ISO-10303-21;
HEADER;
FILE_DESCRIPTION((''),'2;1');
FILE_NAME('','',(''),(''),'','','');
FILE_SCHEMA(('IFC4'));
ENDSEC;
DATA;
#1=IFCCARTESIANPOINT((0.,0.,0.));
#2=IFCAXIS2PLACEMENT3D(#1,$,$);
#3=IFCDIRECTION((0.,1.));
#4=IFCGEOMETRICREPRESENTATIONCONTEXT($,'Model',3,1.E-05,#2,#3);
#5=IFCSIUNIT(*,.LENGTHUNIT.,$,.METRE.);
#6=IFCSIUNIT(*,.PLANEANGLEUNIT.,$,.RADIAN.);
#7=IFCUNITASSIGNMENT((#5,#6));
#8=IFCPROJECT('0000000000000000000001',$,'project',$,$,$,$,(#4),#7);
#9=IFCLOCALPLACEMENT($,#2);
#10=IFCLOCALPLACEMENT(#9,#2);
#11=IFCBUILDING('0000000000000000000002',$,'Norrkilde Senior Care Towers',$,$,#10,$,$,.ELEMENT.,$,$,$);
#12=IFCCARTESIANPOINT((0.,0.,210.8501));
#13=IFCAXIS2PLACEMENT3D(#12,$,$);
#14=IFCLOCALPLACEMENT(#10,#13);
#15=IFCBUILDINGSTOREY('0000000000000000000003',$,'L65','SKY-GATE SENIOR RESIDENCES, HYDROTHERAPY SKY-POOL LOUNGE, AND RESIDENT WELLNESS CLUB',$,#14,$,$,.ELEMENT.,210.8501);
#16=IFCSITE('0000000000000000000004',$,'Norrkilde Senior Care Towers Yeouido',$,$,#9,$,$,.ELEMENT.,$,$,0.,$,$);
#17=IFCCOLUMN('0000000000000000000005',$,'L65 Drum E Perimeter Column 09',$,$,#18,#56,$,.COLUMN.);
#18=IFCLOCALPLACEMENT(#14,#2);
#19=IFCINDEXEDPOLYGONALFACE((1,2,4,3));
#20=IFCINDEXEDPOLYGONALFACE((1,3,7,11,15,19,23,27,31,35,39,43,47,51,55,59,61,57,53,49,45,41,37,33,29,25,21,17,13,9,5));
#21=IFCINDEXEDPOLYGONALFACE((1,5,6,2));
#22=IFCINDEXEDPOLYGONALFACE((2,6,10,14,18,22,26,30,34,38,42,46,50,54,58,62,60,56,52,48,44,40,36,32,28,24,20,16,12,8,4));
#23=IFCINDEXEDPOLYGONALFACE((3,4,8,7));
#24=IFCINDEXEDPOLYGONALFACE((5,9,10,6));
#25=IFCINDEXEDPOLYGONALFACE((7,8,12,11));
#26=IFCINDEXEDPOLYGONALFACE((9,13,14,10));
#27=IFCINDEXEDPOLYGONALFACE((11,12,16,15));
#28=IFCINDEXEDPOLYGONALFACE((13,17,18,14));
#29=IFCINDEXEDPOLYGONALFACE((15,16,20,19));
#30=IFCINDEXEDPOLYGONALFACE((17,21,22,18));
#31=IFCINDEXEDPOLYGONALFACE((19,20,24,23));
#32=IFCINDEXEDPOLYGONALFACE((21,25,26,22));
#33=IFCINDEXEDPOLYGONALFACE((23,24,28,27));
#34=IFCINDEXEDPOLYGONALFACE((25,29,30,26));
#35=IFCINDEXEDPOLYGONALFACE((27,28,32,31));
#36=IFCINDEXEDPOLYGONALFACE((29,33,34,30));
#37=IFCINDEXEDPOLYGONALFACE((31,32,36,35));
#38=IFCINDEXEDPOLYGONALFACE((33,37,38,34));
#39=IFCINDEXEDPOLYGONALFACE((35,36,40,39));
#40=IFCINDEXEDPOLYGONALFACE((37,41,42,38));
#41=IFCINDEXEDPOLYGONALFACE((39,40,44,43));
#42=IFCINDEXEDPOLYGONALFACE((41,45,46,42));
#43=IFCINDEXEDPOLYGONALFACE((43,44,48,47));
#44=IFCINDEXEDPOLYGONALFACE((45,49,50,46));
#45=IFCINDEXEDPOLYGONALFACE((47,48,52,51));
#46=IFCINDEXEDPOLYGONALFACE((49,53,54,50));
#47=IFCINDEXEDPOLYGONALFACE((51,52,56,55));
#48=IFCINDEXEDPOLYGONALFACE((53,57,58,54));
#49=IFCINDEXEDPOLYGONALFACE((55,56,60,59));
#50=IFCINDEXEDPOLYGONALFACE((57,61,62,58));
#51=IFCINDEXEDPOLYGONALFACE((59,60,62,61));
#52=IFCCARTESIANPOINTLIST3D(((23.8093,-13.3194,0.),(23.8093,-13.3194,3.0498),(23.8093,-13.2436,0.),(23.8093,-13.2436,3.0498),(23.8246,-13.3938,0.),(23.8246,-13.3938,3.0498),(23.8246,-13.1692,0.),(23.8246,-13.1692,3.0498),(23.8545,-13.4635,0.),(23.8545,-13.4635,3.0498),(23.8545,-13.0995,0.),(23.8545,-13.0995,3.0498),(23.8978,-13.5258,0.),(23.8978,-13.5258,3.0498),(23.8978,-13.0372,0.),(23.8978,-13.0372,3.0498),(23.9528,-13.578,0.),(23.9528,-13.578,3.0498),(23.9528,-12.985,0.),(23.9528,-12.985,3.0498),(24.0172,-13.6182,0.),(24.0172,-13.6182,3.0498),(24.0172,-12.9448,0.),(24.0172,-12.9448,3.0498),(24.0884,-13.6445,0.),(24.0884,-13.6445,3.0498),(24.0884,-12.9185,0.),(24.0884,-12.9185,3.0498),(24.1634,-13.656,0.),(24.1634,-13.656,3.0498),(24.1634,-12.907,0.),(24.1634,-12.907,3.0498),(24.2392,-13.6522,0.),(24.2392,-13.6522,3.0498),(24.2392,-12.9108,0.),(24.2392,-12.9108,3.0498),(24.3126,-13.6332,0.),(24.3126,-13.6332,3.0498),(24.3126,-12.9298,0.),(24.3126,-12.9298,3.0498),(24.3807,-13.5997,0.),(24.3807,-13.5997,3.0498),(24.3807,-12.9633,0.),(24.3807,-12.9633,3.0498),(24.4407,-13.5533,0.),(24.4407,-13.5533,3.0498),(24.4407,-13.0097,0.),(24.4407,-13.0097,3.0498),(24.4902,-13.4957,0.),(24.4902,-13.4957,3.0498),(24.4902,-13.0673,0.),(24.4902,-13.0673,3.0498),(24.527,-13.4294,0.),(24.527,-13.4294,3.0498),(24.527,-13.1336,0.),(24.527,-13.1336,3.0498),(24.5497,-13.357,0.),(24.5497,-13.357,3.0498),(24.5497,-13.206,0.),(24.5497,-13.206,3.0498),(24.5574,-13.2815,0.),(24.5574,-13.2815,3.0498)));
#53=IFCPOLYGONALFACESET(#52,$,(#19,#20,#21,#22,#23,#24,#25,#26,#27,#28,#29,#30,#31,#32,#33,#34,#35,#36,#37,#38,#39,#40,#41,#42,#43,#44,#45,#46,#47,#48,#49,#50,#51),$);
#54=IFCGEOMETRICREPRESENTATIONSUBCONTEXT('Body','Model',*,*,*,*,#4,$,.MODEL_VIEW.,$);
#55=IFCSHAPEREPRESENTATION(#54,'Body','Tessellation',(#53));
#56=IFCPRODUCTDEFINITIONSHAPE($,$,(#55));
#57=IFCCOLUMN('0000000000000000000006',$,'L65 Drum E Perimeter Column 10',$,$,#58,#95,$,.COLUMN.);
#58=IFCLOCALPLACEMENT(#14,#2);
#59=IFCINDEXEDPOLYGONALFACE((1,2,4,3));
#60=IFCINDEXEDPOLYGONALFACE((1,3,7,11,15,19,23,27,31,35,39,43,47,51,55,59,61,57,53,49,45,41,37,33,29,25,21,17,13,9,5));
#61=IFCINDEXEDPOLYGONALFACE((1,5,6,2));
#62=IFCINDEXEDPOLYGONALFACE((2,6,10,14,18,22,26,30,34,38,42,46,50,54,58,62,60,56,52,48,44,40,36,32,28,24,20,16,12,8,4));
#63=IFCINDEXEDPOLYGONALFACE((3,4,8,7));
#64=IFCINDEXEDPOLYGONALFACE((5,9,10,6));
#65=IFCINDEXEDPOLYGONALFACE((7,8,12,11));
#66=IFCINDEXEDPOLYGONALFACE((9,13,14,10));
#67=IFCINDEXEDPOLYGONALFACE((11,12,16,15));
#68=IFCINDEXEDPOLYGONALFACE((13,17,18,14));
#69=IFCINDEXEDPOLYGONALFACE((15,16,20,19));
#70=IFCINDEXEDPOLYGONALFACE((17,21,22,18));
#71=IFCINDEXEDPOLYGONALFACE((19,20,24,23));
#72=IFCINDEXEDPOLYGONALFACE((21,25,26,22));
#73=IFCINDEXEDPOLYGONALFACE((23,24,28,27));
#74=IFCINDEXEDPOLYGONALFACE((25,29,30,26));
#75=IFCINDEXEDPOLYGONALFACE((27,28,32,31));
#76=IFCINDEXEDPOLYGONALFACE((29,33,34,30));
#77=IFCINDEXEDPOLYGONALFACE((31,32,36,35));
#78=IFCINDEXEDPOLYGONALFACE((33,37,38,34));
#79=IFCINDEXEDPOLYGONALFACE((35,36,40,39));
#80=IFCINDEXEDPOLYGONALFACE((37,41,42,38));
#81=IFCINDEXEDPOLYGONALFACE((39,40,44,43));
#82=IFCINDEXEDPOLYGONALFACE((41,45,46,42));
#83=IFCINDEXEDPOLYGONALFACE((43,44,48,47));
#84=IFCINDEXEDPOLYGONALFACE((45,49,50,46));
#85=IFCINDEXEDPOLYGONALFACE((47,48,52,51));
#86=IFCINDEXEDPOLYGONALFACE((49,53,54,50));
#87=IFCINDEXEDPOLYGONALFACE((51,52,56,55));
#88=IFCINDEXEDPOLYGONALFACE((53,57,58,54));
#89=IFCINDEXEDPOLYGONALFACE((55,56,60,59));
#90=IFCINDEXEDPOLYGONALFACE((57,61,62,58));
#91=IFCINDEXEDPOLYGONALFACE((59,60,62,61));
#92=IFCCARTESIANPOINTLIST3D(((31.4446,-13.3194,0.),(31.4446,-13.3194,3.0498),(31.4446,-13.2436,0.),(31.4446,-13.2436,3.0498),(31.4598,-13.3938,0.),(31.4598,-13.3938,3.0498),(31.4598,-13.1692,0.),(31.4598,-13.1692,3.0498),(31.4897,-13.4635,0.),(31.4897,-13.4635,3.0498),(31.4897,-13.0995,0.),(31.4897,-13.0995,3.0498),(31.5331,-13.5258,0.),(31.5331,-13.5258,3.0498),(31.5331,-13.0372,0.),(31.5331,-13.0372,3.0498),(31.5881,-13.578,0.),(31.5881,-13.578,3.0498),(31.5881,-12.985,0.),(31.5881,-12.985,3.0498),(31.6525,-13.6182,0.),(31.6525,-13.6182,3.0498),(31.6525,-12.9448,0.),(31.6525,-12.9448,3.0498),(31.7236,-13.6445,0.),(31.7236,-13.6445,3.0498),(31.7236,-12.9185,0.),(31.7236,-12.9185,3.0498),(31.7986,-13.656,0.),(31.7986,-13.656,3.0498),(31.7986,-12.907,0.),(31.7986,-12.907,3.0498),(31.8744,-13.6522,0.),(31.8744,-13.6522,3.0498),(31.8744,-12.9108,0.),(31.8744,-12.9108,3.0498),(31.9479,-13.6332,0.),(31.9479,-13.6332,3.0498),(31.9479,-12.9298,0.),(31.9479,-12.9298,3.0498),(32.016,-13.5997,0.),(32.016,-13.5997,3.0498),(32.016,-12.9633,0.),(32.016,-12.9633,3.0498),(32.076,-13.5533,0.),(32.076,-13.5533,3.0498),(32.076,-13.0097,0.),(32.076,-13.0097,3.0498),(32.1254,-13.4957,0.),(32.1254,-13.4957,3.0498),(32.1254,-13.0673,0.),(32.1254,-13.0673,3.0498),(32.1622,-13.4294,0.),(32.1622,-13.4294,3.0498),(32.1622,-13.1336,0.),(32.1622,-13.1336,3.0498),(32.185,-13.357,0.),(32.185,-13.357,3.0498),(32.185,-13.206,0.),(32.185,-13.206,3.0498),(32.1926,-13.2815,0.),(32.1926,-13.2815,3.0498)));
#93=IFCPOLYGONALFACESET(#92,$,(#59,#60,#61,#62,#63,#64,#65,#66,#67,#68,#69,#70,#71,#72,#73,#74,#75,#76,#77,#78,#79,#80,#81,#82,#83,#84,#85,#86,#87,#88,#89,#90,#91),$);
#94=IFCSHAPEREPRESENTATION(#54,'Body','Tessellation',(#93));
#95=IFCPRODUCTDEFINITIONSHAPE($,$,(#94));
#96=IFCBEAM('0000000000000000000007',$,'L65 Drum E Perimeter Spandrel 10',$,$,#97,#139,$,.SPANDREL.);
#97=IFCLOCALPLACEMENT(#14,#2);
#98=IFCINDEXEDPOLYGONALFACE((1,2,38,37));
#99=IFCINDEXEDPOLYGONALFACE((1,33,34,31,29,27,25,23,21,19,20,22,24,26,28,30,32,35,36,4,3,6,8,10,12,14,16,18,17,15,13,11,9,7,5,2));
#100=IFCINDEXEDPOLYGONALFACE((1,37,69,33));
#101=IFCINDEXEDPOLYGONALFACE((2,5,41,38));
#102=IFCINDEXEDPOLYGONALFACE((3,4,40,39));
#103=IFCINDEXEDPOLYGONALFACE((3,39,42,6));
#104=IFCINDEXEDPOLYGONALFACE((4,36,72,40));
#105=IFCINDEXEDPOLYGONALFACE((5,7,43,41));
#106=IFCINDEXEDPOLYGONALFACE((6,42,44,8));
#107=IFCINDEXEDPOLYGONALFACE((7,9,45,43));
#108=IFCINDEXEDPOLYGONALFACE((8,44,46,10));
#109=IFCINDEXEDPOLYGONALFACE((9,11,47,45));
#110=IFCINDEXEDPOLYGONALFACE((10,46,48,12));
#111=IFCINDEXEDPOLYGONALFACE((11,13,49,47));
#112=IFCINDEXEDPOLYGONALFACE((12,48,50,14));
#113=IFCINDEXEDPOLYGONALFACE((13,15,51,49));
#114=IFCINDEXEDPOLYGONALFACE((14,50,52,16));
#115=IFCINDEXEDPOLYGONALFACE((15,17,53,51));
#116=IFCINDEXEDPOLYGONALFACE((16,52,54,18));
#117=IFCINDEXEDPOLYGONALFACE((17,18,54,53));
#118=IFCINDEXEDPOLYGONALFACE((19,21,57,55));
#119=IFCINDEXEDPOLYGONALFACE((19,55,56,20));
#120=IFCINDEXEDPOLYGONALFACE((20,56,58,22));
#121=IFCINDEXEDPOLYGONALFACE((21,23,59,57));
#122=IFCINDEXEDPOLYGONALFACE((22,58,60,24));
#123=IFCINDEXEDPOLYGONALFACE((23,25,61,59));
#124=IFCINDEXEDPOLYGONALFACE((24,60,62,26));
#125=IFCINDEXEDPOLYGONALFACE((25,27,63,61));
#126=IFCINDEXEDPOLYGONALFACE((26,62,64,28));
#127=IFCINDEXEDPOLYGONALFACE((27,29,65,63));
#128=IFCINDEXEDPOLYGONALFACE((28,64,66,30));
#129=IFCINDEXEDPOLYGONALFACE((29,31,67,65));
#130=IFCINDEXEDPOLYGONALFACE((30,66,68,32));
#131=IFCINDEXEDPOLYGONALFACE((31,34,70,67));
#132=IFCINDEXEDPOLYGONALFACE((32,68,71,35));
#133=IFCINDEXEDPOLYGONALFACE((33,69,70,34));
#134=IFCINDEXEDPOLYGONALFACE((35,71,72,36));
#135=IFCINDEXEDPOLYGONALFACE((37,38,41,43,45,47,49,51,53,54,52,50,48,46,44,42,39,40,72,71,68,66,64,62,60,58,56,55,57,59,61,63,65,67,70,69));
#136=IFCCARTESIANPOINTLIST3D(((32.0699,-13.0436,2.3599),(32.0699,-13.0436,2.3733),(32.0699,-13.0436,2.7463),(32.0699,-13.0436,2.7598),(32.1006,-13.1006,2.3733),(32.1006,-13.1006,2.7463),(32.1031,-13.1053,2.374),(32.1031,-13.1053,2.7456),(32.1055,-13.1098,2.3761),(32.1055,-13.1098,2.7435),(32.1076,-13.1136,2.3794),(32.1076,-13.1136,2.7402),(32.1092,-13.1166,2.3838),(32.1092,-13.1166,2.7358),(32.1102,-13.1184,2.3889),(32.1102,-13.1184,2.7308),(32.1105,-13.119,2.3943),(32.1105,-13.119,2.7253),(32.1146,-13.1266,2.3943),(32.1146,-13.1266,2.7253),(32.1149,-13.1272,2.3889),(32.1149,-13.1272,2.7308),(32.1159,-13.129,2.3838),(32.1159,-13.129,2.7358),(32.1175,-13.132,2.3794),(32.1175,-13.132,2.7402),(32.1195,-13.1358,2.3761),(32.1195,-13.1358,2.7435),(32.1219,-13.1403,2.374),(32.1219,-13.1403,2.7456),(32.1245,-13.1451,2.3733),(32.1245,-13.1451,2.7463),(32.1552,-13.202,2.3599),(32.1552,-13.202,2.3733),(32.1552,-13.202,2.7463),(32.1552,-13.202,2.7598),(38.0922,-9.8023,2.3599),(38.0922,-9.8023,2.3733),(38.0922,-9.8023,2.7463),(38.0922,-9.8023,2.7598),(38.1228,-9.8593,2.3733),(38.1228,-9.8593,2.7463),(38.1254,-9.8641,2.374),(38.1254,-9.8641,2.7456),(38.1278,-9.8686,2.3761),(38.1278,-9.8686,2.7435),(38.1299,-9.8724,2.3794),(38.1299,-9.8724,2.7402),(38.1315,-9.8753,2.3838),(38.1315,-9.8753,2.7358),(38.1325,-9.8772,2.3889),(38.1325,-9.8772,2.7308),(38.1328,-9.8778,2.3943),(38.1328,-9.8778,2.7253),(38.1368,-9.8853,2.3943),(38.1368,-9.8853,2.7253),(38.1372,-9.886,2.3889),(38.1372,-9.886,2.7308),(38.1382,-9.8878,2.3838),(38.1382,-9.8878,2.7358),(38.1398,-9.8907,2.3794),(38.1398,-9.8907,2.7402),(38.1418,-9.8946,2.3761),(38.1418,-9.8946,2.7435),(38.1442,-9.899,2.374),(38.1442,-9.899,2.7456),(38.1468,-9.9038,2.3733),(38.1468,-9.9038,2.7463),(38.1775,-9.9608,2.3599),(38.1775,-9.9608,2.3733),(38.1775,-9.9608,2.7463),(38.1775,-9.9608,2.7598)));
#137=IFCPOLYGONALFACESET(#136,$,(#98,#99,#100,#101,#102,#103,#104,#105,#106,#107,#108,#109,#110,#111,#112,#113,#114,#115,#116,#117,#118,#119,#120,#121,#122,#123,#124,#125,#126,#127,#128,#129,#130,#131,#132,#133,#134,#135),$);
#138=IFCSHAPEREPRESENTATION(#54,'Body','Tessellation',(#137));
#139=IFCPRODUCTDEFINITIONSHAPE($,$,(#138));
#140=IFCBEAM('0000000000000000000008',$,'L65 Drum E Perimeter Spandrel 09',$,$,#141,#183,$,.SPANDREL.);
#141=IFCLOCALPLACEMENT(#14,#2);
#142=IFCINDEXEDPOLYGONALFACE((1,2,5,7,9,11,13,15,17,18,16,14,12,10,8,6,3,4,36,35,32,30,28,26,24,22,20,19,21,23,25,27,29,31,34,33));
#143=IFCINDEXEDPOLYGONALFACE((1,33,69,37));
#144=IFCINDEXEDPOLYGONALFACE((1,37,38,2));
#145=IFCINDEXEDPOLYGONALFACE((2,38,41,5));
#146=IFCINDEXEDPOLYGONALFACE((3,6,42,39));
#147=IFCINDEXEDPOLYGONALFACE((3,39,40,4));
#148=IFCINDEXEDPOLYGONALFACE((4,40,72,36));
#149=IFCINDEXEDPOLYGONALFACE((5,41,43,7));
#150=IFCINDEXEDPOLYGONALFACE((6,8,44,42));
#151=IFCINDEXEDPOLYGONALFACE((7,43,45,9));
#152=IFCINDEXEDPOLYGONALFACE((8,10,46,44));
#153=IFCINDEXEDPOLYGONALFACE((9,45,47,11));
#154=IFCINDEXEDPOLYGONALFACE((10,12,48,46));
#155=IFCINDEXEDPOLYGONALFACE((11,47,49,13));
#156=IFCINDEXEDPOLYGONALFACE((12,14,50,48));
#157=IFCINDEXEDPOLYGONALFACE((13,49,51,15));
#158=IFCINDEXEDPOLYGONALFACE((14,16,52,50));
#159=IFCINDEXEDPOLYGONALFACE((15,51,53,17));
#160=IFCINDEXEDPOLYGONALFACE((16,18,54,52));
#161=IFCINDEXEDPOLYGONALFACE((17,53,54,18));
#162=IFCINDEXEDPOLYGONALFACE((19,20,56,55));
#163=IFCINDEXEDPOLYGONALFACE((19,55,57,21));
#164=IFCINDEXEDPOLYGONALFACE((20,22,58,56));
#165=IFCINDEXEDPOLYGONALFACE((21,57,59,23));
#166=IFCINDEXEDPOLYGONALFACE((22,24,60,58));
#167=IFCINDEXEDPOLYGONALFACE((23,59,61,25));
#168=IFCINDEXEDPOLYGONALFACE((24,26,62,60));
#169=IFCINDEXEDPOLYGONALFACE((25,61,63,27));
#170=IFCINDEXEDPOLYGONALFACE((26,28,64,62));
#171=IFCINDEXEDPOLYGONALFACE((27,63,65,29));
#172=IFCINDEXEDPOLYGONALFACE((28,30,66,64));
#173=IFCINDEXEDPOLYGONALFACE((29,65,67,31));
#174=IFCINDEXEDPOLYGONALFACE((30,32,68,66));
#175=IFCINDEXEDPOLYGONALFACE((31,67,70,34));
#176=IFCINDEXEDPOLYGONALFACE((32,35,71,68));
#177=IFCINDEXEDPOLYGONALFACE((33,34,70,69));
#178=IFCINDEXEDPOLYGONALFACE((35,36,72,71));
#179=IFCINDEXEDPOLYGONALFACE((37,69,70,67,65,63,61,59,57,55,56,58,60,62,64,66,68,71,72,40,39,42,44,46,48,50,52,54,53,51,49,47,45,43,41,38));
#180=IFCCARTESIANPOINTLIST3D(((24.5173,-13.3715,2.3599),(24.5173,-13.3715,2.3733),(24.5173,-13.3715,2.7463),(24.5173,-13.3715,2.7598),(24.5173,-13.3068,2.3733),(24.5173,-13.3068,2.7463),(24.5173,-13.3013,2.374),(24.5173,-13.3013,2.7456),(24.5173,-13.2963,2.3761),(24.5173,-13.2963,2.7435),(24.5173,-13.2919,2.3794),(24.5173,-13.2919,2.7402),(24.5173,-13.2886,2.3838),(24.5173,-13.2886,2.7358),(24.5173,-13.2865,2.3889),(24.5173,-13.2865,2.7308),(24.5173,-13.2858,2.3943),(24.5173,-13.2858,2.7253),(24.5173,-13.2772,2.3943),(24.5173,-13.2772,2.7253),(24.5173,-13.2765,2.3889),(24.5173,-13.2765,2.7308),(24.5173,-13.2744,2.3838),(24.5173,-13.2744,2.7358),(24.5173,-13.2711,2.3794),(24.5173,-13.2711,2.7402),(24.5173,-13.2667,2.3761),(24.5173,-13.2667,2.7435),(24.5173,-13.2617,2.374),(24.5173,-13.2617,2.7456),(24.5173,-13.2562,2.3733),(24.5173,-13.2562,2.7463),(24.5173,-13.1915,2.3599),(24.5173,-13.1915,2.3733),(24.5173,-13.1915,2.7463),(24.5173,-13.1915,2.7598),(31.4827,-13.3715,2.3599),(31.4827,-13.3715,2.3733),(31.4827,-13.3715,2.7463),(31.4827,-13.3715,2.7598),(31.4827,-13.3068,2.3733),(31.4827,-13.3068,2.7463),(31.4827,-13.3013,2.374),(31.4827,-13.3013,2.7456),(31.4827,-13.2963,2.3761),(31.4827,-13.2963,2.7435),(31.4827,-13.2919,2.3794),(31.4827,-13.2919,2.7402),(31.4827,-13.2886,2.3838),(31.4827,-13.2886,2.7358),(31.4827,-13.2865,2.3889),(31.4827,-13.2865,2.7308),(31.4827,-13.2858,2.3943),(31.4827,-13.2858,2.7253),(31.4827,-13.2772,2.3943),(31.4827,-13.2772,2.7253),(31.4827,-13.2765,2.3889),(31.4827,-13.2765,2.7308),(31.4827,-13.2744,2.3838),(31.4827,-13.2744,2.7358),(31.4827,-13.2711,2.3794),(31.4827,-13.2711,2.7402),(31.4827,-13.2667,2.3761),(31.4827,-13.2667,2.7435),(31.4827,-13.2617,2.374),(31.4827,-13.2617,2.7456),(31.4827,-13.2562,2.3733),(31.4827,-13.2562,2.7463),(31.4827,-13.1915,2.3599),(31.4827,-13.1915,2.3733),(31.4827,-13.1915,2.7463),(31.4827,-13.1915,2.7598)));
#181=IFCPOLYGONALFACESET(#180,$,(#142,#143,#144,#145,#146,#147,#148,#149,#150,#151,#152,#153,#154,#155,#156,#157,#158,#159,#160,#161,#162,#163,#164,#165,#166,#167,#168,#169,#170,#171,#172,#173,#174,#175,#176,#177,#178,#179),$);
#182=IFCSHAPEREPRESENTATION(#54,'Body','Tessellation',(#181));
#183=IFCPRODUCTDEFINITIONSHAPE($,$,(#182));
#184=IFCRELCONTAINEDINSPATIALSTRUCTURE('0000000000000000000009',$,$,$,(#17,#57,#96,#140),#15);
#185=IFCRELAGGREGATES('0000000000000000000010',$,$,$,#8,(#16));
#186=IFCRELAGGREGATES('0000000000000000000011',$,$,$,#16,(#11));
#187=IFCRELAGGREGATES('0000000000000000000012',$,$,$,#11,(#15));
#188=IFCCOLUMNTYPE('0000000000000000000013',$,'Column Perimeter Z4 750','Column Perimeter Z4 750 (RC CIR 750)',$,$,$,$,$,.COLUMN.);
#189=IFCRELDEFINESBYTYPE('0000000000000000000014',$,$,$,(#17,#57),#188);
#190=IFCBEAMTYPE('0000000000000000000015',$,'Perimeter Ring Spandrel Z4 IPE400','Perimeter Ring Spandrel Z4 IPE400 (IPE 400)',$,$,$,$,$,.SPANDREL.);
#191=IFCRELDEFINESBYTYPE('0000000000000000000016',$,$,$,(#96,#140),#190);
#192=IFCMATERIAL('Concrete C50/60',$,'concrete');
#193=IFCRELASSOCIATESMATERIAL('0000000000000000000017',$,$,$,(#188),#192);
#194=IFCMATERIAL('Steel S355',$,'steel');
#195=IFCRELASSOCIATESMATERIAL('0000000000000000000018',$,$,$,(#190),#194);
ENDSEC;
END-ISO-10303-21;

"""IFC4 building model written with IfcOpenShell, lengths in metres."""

from ifc_helpers import new_model, si_unit, direction, frame, origin, origin_2d, place, context, subcontext, project, spatial, circle, i_section, extrude, source, transform, mapped, material, material_profile, profile_set, type_object, type_shapes, element, save


model = new_model("IFC4")

# Units and contexts
model_context = context("Model", 3, precision=1e-05, world=origin(), true_north=direction((0.0, 1.0)))
body_context = subcontext(model_context, "Body", "Model", "MODEL_VIEW")
ifc_project = project(units=[si_unit("LENGTHUNIT", "METRE"), si_unit("PLANEANGLEUNIT", "RADIAN")], contexts=[model_context])

# Site, building, storey
site_placement = place(None, origin())
site = spatial("IfcSite", under=ifc_project, at=site_placement, Name="Norrkilde Senior Care Towers Yeouido", CompositionType="ELEMENT", RefElevation=0.0)
building_placement = place(site_placement, origin())
building = spatial("IfcBuilding", under=site, at=building_placement, Name="Norrkilde Senior Care Towers", CompositionType="ELEMENT")
storey_placement = place(building_placement, frame((0.0, 0.0, 210.8501)))
storey = spatial("IfcBuildingStorey", under=building, at=storey_placement, Name="L65", Description="SKY-GATE SENIOR RESIDENCES, HYDROTHERAPY SKY-POOL LOUNGE, AND RESIDENT WELLNESS CLUB", CompositionType="ELEMENT", Elevation=210.8501)

# Columns
ifc_material_1 = material(Name="Concrete C50/60", Category="concrete")
ifc_material_profile_1 = material_profile(ifc_material_1, circle(Radius=0.375, at=origin_2d()), Name="RC CIR 750")
ifc_profile_set_1 = profile_set([ifc_material_profile_1], Name="Concrete C50/60")
column_type = type_object("IfcColumnType", Name="Column Perimeter Z4 750", Description="Column Perimeter Z4 750 (RC CIR 750)", PredefinedType="COLUMN", material=ifc_profile_set_1)
shared_shape_1 = source(origin(), body_context, "Body", "SweptSolid", [
    extrude(circle(Radius=0.375, at=origin_2d()), origin(), (0.0, 0.0, 1.0), 3.0498),
])
type_shapes(column_type, [shared_shape_1])
for number, where, z_axis, x_axis, name in (
    (1, (24.1824, -13.2815, 0.0), (0.0, 0.0, 1.0), (1.0, 0.0, 0.0), "L65 Drum E Perimeter Column 09"),
    (2, (31.8176, -13.2815, 0.0), (0.0, 0.0, 1.0), (1.0, 0.0, 0.0), "L65 Drum E Perimeter Column 10"),
):
    element("IfcColumn", number, at=place(storey_placement, frame(where, z_axis=z_axis, x_axis=x_axis)), inside=storey, type_object=column_type, Name=name, PredefinedType="COLUMN", context=body_context, shape_type="MappedRepresentation", body=[
        mapped(shared_shape_1, transform((0.0, 0.0, 0.0), x_axis=(1.0, 0.0, 0.0), y_axis=(0.0, 1.0, 0.0), z_axis=(0.0, 0.0, 1.0), scale=1.0)),
    ])

# Beams
ifc_material_2 = material(Name="Steel S355", Category="steel")
ifc_material_profile_2 = material_profile(ifc_material_2, i_section(OverallWidth=0.1799, OverallDepth=0.3999, WebThickness=0.0085, FlangeThickness=0.0134, FilletRadius=0.021, at=origin_2d()), Name="IPE 400")
ifc_profile_set_2 = profile_set([ifc_material_profile_2], Name="Steel S355")
beam_type_1 = type_object("IfcBeamType", Name="Perimeter Ring Spandrel Z4 IPE400", Description="Perimeter Ring Spandrel Z4 IPE400 (IPE 400)", PredefinedType="SPANDREL", material=ifc_profile_set_2)
shared_shape_2 = source(origin(), body_context, "Body", "SweptSolid", [
    extrude(i_section(OverallWidth=0.1799, OverallDepth=0.3999, WebThickness=0.0085, FlangeThickness=0.0134, FilletRadius=0.021, at=origin_2d()), origin(), (0.0, 0.0, 1.0), 6.8391),
])
beam_1_placement = place(storey_placement, frame((32.1125, -13.1228, 2.5598), z_axis=(0.880564, 0.473927, 0.0), x_axis=(-0.473927, 0.880564, 0.0)))
element("IfcBeam", 3, at=beam_1_placement, inside=storey, type_object=beam_type_1, Name="L65 Drum E Perimeter Spandrel 10", PredefinedType="SPANDREL", context=body_context, shape_type="MappedRepresentation", body=[
    mapped(shared_shape_2, transform((0.0, 0.0, 0.0), x_axis=(1.0, 0.0, 0.0), y_axis=(0.0, 1.0, 0.0), z_axis=(0.0, 0.0, 1.0), scale=1.0)),
])
shared_shape_3 = source(origin(), body_context, "Body", "SweptSolid", [
    extrude(i_section(OverallWidth=0.1799, OverallDepth=0.3999, WebThickness=0.0085, FlangeThickness=0.0134, FilletRadius=0.021, at=origin_2d()), origin(), (0.0, 0.0, 1.0), 6.9653),
])
type_shapes(beam_type_1, [shared_shape_2, shared_shape_3])
beam_2_placement = place(storey_placement, frame((24.5173, -13.2815, 2.5598), z_axis=(1.0, 0.0, 0.0), x_axis=(0.0, 1.0, 0.0)))
element("IfcBeam", 4, at=beam_2_placement, inside=storey, type_object=beam_type_1, Name="L65 Drum E Perimeter Spandrel 09", PredefinedType="SPANDREL", context=body_context, shape_type="MappedRepresentation", body=[
    mapped(shared_shape_3, transform((0.0, 0.0, 0.0), x_axis=(1.0, 0.0, 0.0), y_axis=(0.0, 1.0, 0.0), z_axis=(0.0, 0.0, 1.0), scale=1.0)),
])

save(model, "model.ifc")
